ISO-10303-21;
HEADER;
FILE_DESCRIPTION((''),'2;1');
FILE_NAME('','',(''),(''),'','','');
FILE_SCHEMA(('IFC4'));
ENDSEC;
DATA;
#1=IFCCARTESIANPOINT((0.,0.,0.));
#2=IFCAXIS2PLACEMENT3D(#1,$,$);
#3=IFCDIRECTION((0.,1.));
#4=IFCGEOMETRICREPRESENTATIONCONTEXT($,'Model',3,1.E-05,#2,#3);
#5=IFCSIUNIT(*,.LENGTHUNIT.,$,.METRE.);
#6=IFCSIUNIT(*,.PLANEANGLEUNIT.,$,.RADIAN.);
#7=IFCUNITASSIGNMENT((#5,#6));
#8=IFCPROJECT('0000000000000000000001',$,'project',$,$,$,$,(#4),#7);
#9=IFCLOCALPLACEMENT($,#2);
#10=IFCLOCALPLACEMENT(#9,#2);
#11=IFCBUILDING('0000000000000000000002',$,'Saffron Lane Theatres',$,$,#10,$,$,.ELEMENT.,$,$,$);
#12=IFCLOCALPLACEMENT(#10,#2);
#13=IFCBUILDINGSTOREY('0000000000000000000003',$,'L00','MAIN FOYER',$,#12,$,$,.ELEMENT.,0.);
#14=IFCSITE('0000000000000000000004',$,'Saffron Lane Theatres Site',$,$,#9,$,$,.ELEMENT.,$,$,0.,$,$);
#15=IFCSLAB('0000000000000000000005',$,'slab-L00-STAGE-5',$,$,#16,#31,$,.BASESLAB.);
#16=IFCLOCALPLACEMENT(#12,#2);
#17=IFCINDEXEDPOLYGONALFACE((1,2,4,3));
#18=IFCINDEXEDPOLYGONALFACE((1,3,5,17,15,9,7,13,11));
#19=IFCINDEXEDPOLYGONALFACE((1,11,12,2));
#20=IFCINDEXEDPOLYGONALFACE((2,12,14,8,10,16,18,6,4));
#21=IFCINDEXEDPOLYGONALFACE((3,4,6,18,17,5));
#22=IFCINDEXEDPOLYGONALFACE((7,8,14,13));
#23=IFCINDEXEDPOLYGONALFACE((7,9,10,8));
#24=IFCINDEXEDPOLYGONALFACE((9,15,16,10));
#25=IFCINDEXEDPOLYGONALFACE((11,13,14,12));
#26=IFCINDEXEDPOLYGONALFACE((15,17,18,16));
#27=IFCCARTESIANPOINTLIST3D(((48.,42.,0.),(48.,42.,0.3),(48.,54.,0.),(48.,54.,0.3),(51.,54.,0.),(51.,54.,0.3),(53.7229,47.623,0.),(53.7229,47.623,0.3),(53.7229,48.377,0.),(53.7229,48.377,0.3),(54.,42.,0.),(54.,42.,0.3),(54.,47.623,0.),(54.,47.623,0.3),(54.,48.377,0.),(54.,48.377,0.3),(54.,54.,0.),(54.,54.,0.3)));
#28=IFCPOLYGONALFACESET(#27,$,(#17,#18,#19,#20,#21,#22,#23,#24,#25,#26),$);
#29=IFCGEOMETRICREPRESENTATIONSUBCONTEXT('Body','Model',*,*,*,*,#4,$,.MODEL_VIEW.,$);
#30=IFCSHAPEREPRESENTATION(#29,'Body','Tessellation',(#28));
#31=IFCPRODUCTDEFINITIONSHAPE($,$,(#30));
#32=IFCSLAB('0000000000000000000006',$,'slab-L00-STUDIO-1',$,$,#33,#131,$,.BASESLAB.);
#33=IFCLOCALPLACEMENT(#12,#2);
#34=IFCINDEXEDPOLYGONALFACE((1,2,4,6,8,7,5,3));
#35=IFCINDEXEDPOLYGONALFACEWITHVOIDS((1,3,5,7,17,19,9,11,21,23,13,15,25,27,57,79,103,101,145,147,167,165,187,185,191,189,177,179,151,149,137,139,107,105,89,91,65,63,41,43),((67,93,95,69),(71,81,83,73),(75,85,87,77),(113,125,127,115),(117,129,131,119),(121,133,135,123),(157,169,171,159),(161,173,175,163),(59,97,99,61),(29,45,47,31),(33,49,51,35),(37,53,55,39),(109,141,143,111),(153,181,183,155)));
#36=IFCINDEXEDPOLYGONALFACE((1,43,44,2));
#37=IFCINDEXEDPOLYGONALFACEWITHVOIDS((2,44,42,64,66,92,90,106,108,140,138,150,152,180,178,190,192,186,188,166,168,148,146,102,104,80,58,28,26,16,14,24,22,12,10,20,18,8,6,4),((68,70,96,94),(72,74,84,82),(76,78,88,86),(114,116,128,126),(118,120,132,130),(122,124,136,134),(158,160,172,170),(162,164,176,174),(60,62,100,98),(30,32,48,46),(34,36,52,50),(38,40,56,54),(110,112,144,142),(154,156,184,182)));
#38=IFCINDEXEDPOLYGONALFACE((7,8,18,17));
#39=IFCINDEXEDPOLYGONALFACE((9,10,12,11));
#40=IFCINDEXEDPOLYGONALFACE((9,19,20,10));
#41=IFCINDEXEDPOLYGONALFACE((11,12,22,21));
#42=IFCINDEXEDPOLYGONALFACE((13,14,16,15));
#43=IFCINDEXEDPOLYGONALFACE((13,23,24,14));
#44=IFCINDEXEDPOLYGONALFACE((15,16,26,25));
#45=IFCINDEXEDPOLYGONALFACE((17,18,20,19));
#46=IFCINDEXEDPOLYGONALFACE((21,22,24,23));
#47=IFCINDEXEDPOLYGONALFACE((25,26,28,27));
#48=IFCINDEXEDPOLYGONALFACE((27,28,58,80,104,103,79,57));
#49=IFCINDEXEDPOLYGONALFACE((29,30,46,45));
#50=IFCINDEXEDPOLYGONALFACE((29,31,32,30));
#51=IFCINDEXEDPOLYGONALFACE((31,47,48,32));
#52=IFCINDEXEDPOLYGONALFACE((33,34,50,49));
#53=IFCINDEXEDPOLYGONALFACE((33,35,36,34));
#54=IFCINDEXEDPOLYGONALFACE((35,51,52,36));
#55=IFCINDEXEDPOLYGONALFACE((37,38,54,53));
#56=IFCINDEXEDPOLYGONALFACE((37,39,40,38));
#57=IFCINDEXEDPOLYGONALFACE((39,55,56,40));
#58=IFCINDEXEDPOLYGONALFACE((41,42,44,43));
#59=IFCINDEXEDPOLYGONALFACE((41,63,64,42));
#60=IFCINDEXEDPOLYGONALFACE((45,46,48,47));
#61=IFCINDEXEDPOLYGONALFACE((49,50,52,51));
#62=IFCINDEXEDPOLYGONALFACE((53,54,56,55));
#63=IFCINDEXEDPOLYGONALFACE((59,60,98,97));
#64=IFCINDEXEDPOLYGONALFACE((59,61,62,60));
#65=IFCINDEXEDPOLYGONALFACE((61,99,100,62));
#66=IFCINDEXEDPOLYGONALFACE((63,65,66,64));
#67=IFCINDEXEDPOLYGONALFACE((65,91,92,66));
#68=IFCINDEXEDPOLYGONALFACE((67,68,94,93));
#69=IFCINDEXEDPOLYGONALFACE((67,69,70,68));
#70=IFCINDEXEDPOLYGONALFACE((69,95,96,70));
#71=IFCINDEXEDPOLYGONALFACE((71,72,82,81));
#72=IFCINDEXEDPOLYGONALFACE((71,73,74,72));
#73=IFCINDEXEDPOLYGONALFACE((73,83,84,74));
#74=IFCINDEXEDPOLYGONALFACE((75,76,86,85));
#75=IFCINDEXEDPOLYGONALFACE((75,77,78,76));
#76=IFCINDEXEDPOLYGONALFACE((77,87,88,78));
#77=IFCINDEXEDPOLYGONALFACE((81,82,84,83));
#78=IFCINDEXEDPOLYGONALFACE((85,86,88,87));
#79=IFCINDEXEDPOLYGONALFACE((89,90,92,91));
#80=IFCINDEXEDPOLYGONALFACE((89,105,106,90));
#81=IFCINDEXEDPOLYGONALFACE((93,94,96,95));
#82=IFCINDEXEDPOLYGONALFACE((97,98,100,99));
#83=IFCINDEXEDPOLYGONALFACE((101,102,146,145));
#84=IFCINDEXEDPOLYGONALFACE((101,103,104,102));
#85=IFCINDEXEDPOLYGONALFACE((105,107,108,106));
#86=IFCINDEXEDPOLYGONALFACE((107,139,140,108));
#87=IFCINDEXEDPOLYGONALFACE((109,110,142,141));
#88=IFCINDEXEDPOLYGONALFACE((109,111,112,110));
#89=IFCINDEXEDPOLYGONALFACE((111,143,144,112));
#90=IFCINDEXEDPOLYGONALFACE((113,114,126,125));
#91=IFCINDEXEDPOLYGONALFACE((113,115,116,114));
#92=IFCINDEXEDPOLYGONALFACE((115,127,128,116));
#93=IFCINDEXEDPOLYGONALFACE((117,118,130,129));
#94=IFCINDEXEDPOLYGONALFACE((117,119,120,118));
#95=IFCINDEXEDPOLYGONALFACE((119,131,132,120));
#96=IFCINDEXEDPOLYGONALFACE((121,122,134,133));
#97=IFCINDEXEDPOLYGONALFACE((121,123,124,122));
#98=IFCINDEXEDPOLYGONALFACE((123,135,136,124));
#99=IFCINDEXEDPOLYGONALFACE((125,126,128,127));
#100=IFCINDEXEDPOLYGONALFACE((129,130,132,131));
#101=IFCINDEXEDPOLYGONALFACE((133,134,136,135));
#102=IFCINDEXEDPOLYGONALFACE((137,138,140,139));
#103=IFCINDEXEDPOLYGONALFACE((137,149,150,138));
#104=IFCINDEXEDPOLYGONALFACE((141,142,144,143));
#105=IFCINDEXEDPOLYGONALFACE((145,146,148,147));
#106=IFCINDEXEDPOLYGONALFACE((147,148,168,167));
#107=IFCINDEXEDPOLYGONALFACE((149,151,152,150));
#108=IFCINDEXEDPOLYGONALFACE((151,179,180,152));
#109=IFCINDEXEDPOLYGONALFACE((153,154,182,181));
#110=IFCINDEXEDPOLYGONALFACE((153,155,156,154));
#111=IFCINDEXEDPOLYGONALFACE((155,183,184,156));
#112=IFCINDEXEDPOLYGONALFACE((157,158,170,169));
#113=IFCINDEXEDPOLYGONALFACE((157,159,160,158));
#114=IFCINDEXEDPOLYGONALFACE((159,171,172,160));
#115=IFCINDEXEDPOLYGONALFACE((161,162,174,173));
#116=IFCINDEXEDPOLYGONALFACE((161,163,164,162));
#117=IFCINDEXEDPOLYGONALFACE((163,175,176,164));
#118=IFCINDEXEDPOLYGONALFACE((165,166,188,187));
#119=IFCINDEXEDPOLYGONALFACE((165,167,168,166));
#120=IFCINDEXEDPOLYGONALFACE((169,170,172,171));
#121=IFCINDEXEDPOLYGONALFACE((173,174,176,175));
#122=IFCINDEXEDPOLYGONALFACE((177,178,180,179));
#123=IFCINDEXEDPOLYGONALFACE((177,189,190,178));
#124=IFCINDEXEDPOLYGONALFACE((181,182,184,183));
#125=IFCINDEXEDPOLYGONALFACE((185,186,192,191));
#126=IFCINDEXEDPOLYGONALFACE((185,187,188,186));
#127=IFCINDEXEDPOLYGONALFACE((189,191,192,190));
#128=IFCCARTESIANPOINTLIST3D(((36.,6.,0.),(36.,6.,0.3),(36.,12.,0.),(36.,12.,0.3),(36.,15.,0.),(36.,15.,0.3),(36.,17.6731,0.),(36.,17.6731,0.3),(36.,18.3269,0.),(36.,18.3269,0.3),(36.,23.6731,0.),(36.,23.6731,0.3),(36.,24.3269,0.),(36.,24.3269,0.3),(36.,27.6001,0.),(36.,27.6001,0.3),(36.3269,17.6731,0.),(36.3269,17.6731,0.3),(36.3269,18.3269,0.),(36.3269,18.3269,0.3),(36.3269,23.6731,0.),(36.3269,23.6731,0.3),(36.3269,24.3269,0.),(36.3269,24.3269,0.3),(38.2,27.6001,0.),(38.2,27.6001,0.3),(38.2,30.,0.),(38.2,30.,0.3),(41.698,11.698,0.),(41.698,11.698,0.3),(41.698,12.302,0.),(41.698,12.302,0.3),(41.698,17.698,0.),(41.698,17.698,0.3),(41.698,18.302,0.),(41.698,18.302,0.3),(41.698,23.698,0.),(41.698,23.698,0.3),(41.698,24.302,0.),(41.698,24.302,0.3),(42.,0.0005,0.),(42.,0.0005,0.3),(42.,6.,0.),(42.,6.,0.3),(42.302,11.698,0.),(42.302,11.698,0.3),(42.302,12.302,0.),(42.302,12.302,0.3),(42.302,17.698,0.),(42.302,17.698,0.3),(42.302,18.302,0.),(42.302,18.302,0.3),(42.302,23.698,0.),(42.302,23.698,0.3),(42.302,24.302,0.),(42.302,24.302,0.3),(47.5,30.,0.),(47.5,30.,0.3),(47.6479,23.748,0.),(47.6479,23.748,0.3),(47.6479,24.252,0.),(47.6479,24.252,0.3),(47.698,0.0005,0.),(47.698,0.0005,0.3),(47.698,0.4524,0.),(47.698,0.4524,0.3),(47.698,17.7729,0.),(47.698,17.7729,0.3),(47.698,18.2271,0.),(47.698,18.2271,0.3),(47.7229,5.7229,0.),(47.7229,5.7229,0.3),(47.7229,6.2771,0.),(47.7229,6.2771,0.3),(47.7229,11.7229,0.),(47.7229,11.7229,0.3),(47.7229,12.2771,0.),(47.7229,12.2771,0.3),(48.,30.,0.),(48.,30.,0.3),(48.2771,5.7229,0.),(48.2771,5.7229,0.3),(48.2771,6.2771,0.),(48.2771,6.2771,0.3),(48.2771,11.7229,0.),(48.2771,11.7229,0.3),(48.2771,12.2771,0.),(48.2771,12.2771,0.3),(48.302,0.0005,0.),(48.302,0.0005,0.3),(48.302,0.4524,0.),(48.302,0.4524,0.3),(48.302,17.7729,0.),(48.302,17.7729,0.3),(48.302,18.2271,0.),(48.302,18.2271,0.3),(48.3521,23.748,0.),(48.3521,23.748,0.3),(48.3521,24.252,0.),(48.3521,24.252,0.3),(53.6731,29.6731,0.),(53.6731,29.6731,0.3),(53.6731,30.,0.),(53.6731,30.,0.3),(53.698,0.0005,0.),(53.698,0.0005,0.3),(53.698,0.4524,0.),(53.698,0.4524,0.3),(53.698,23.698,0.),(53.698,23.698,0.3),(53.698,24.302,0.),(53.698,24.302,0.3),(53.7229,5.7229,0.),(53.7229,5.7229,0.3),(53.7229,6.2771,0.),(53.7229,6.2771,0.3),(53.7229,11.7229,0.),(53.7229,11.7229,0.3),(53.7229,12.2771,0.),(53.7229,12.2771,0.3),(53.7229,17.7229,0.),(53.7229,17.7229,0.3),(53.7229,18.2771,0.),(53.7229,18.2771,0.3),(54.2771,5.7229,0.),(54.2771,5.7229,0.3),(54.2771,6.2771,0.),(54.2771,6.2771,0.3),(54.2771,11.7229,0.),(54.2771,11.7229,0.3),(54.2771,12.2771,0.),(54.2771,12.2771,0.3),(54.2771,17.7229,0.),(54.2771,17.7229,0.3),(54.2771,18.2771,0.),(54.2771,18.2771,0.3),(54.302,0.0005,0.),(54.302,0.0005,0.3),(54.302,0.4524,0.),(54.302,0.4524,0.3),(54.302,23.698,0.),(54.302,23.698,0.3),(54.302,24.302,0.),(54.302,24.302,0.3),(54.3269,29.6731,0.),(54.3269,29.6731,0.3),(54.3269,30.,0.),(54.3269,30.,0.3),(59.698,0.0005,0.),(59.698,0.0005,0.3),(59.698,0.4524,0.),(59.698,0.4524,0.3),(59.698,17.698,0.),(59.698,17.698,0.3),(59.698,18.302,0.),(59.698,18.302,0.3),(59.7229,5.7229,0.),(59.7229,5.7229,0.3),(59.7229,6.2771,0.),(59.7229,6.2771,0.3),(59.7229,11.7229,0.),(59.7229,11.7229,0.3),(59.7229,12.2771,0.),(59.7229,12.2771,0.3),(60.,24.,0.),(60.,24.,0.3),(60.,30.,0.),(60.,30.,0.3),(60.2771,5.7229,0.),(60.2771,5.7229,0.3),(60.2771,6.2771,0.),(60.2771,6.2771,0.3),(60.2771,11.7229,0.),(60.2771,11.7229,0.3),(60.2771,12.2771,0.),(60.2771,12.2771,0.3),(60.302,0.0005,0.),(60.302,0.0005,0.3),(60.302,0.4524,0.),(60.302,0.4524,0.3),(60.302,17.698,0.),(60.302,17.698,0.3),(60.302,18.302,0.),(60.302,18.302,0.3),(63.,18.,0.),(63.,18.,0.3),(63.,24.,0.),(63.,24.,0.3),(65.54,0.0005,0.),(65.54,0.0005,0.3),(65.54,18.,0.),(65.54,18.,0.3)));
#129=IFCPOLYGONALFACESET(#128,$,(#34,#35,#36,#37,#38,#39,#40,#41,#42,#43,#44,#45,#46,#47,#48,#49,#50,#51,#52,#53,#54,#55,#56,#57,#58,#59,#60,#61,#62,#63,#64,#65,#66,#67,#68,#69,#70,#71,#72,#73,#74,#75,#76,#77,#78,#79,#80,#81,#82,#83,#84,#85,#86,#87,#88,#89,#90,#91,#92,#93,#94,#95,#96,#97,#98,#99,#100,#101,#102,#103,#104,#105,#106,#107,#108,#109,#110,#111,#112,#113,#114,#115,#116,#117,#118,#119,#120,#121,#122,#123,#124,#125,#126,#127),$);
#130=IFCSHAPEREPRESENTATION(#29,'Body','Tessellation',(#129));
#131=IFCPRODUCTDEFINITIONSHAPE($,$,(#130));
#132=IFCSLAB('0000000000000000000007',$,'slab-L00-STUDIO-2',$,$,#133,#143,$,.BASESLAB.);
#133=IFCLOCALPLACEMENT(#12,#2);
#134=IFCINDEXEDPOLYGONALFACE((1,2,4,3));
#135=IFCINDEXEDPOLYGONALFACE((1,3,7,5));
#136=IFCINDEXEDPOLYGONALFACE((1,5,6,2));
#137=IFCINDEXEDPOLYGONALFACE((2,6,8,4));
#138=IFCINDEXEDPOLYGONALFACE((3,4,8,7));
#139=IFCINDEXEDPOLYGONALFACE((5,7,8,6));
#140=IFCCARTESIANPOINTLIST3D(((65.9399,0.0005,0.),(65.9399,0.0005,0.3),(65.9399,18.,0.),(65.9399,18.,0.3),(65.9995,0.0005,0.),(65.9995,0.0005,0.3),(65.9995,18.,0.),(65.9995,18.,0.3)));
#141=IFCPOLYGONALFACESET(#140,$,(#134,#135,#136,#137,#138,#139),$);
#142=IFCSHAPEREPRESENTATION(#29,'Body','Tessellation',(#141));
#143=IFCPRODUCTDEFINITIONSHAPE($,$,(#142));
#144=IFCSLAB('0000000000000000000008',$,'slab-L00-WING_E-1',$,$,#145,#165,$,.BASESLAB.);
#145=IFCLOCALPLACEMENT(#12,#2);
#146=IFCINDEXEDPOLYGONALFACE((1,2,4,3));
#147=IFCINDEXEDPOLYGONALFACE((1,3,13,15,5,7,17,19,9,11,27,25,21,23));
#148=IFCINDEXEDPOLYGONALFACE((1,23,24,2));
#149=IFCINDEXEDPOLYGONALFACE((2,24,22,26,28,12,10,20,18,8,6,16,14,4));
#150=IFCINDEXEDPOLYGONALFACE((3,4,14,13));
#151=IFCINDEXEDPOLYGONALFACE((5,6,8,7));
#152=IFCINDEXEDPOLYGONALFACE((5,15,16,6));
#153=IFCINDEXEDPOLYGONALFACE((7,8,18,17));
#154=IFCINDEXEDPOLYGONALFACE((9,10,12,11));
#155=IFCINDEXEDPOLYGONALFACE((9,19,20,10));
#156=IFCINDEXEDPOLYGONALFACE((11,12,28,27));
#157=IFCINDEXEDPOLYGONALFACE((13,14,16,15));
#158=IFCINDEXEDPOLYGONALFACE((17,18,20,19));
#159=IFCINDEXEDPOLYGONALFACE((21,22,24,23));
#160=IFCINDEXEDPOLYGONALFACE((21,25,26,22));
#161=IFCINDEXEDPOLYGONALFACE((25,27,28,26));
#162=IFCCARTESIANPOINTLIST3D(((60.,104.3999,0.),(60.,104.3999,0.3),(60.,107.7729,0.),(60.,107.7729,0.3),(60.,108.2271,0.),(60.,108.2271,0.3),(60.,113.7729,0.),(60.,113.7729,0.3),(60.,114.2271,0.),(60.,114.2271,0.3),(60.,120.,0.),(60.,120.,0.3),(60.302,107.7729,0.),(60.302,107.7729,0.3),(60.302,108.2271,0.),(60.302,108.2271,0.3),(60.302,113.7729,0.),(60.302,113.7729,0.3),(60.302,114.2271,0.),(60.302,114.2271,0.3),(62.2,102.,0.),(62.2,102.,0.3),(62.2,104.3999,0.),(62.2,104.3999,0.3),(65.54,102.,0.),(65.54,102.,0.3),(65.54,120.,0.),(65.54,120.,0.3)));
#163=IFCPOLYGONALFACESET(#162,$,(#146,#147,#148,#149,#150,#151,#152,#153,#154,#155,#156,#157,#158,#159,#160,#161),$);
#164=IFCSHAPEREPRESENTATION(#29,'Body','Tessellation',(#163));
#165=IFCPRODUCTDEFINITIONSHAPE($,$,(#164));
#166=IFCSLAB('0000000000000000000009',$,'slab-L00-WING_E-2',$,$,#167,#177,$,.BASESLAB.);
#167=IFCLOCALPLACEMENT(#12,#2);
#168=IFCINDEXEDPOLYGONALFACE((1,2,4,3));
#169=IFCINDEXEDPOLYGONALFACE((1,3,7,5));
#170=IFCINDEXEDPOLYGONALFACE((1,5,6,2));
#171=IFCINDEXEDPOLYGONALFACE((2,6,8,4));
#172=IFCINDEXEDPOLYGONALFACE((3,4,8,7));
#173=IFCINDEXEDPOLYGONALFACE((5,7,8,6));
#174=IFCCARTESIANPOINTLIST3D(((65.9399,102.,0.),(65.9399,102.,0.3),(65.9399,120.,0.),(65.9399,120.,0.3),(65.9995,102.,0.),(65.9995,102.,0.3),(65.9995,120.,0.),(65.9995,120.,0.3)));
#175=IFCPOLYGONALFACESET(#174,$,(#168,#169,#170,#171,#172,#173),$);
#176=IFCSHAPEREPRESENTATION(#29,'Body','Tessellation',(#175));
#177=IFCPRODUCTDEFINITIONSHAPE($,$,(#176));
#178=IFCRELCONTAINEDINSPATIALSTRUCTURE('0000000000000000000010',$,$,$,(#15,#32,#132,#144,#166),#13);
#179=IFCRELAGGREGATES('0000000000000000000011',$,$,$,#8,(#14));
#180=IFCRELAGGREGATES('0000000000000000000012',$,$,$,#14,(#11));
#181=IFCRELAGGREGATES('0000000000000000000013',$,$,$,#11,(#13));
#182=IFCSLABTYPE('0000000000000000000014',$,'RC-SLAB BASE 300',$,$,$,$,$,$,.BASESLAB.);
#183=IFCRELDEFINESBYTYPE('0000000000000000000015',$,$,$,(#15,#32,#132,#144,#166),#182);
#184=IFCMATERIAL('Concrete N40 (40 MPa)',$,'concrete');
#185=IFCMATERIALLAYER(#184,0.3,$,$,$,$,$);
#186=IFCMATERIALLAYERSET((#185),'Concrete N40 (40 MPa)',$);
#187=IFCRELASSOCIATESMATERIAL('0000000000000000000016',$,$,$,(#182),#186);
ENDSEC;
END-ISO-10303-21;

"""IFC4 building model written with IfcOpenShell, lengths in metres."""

from ifc_helpers import new_model, si_unit, direction, origin, place, context, subcontext, project, spatial, polyline, outline, extrude, material, layer, layer_set, type_object, element, save


model = new_model("IFC4")

# Units and contexts
model_context = context("Model", 3, precision=1e-05, world=origin(), true_north=direction((0.0, 1.0)))
body_context = subcontext(model_context, "Body", "Model", "MODEL_VIEW")
ifc_project = project(units=[si_unit("LENGTHUNIT", "METRE"), si_unit("PLANEANGLEUNIT", "RADIAN")], contexts=[model_context])

# Site, building, storey
site_placement = place(None, origin())
site = spatial("IfcSite", under=ifc_project, at=site_placement, Name="Saffron Lane Theatres Site", CompositionType="ELEMENT", RefElevation=0.0)
building_placement = place(site_placement, origin())
building = spatial("IfcBuilding", under=site, at=building_placement, Name="Saffron Lane Theatres", CompositionType="ELEMENT")
storey_placement = place(building_placement, origin())
storey = spatial("IfcBuildingStorey", under=building, at=storey_placement, Name="L00", Description="MAIN FOYER", CompositionType="ELEMENT", Elevation=0.0)

# Slabs
ifc_material_1 = material(Name="Concrete N40 (40 MPa)", Category="concrete")
ifc_layer_1 = layer(ifc_material_1, 0.3)
ifc_layer_set_1 = layer_set([ifc_layer_1], Name="Concrete N40 (40 MPa)")
slab_type_1 = type_object("IfcSlabType", Name="RC-SLAB BASE 300", PredefinedType="BASESLAB", material=ifc_layer_set_1)
slab_1_placement = place(storey_placement, origin())
element("IfcSlab", 1, at=slab_1_placement, inside=storey, type_object=slab_type_1, Name="slab-L00-STAGE-5", PredefinedType="BASESLAB", context=body_context, shape_type="SweptSolid", body=[
    extrude(outline(polyline([(48.0, 42.0), (54.0, 42.0), (54.0, 47.623), (53.7229, 47.623), (53.7229, 48.377), (54.0, 48.377), (54.0, 54.0), (51.0, 54.0), (48.0, 54.0), (48.0, 42.0)])), origin(), (0.0, 0.0, 1.0), 0.3),
])
slab_2_placement = place(storey_placement, origin())
element("IfcSlab", 2, at=slab_2_placement, inside=storey, type_object=slab_type_1, Name="slab-L00-STUDIO-1", PredefinedType="BASESLAB", context=body_context, shape_type="SweptSolid", body=[
    extrude(outline(polyline([(60.0, 24.0), (60.0, 30.0), (54.3269, 30.0), (54.3269, 29.6731), (53.6731, 29.6731), (53.6731, 30.0), (48.0, 30.0), (47.5, 30.0), (38.2, 30.0), (38.2, 27.6001), (36.0, 27.6001), (36.0, 24.3269), (36.3269, 24.3269), (36.3269, 23.6731), (36.0, 23.6731), (36.0, 18.3269), (36.3269, 18.3269), (36.3269, 17.6731), (36.0, 17.6731), (36.0, 15.0), (36.0, 12.0), (36.0, 6.0), (42.0, 6.0), (42.0, 0.0005), (47.698, 0.0005), (47.698, 0.4524), (48.302, 0.4524), (48.302, 0.0005), (53.698, 0.0005), (53.698, 0.4524), (54.302, 0.4524), (54.302, 0.0005), (59.698, 0.0005), (59.698, 0.4524), (60.302, 0.4524), (60.302, 0.0005), (65.54, 0.0005), (65.54, 18.0), (63.0, 18.0), (63.0, 24.0), (60.0, 24.0)]), holes=[polyline([(59.698, 18.302), (60.302, 18.302), (60.302, 17.698), (59.698, 17.698), (59.698, 18.302)]), polyline([(59.7229, 5.7229), (59.7229, 6.2771), (60.2771, 6.2771), (60.2771, 5.7229), (59.7229, 5.7229)]), polyline([(59.7229, 12.2771), (60.2771, 12.2771), (60.2771, 11.7229), (59.7229, 11.7229), (59.7229, 12.2771)]), polyline([(53.698, 24.302), (54.302, 24.302), (54.302, 23.698), (53.698, 23.698), (53.698, 24.302)]), polyline([(53.7229, 5.7229), (53.7229, 6.2771), (54.2771, 6.2771), (54.2771, 5.7229), (53.7229, 5.7229)]), polyline([(53.7229, 11.7229), (53.7229, 12.2771), (54.2771, 12.2771), (54.2771, 11.7229), (53.7229, 11.7229)]), polyline([(53.7229, 18.2771), (54.2771, 18.2771), (54.2771, 17.7229), (53.7229, 17.7229), (53.7229, 18.2771)]), polyline([(47.6479, 24.252), (48.3521, 24.252), (48.3521, 23.748), (47.6479, 23.748), (47.6479, 24.252)]), polyline([(47.698, 17.7729), (47.698, 18.2271), (48.302, 18.2271), (48.302, 17.7729), (47.698, 17.7729)]), polyline([(47.7229, 6.2771), (48.2771, 6.2771), (48.2771, 5.7229), (47.7229, 5.7229), (47.7229, 6.2771)]), polyline([(47.7229, 11.7229), (47.7229, 12.2771), (48.2771, 12.2771), (48.2771, 11.7229), (47.7229, 11.7229)]), polyline([(41.698, 11.698), (41.698, 12.302), (42.302, 12.302), (42.302, 11.698), (41.698, 11.698)]), polyline([(41.698, 18.302), (42.302, 18.302), (42.302, 17.698), (41.698, 17.698), (41.698, 18.302)]), polyline([(41.698, 23.698), (41.698, 24.302), (42.302, 24.302), (42.302, 23.698), (41.698, 23.698)])]), origin(), (0.0, 0.0, 1.0), 0.3),
])
slab_3_placement = place(storey_placement, origin())
element("IfcSlab", 3, at=slab_3_placement, inside=storey, type_object=slab_type_1, Name="slab-L00-STUDIO-2", PredefinedType="BASESLAB", context=body_context, shape_type="SweptSolid", body=[
    extrude(outline(polyline([(65.9399, 18.0), (65.9399, 0.0005), (65.9995, 0.0005), (65.9995, 18.0), (65.9399, 18.0)])), origin(), (0.0, 0.0, 1.0), 0.3),
])
slab_4_placement = place(storey_placement, origin())
element("IfcSlab", 4, at=slab_4_placement, inside=storey, type_object=slab_type_1, Name="slab-L00-WING_E-1", PredefinedType="BASESLAB", context=body_context, shape_type="SweptSolid", body=[
    extrude(outline(polyline([(62.2, 104.3999), (62.2, 102.0), (65.54, 102.0), (65.54, 120.0), (60.0, 120.0), (60.0, 114.2271), (60.302, 114.2271), (60.302, 113.7729), (60.0, 113.7729), (60.0, 108.2271), (60.302, 108.2271), (60.302, 107.7729), (60.0, 107.7729), (60.0, 104.3999), (62.2, 104.3999)])), origin(), (0.0, 0.0, 1.0), 0.3),
])
slab_5_placement = place(storey_placement, origin())
element("IfcSlab", 5, at=slab_5_placement, inside=storey, type_object=slab_type_1, Name="slab-L00-WING_E-2", PredefinedType="BASESLAB", context=body_context, shape_type="SweptSolid", body=[
    extrude(outline(polyline([(65.9399, 102.0), (65.9995, 102.0), (65.9995, 120.0), (65.9399, 120.0), (65.9399, 102.0)])), origin(), (0.0, 0.0, 1.0), 0.3),
])

save(model, "model.ifc")
